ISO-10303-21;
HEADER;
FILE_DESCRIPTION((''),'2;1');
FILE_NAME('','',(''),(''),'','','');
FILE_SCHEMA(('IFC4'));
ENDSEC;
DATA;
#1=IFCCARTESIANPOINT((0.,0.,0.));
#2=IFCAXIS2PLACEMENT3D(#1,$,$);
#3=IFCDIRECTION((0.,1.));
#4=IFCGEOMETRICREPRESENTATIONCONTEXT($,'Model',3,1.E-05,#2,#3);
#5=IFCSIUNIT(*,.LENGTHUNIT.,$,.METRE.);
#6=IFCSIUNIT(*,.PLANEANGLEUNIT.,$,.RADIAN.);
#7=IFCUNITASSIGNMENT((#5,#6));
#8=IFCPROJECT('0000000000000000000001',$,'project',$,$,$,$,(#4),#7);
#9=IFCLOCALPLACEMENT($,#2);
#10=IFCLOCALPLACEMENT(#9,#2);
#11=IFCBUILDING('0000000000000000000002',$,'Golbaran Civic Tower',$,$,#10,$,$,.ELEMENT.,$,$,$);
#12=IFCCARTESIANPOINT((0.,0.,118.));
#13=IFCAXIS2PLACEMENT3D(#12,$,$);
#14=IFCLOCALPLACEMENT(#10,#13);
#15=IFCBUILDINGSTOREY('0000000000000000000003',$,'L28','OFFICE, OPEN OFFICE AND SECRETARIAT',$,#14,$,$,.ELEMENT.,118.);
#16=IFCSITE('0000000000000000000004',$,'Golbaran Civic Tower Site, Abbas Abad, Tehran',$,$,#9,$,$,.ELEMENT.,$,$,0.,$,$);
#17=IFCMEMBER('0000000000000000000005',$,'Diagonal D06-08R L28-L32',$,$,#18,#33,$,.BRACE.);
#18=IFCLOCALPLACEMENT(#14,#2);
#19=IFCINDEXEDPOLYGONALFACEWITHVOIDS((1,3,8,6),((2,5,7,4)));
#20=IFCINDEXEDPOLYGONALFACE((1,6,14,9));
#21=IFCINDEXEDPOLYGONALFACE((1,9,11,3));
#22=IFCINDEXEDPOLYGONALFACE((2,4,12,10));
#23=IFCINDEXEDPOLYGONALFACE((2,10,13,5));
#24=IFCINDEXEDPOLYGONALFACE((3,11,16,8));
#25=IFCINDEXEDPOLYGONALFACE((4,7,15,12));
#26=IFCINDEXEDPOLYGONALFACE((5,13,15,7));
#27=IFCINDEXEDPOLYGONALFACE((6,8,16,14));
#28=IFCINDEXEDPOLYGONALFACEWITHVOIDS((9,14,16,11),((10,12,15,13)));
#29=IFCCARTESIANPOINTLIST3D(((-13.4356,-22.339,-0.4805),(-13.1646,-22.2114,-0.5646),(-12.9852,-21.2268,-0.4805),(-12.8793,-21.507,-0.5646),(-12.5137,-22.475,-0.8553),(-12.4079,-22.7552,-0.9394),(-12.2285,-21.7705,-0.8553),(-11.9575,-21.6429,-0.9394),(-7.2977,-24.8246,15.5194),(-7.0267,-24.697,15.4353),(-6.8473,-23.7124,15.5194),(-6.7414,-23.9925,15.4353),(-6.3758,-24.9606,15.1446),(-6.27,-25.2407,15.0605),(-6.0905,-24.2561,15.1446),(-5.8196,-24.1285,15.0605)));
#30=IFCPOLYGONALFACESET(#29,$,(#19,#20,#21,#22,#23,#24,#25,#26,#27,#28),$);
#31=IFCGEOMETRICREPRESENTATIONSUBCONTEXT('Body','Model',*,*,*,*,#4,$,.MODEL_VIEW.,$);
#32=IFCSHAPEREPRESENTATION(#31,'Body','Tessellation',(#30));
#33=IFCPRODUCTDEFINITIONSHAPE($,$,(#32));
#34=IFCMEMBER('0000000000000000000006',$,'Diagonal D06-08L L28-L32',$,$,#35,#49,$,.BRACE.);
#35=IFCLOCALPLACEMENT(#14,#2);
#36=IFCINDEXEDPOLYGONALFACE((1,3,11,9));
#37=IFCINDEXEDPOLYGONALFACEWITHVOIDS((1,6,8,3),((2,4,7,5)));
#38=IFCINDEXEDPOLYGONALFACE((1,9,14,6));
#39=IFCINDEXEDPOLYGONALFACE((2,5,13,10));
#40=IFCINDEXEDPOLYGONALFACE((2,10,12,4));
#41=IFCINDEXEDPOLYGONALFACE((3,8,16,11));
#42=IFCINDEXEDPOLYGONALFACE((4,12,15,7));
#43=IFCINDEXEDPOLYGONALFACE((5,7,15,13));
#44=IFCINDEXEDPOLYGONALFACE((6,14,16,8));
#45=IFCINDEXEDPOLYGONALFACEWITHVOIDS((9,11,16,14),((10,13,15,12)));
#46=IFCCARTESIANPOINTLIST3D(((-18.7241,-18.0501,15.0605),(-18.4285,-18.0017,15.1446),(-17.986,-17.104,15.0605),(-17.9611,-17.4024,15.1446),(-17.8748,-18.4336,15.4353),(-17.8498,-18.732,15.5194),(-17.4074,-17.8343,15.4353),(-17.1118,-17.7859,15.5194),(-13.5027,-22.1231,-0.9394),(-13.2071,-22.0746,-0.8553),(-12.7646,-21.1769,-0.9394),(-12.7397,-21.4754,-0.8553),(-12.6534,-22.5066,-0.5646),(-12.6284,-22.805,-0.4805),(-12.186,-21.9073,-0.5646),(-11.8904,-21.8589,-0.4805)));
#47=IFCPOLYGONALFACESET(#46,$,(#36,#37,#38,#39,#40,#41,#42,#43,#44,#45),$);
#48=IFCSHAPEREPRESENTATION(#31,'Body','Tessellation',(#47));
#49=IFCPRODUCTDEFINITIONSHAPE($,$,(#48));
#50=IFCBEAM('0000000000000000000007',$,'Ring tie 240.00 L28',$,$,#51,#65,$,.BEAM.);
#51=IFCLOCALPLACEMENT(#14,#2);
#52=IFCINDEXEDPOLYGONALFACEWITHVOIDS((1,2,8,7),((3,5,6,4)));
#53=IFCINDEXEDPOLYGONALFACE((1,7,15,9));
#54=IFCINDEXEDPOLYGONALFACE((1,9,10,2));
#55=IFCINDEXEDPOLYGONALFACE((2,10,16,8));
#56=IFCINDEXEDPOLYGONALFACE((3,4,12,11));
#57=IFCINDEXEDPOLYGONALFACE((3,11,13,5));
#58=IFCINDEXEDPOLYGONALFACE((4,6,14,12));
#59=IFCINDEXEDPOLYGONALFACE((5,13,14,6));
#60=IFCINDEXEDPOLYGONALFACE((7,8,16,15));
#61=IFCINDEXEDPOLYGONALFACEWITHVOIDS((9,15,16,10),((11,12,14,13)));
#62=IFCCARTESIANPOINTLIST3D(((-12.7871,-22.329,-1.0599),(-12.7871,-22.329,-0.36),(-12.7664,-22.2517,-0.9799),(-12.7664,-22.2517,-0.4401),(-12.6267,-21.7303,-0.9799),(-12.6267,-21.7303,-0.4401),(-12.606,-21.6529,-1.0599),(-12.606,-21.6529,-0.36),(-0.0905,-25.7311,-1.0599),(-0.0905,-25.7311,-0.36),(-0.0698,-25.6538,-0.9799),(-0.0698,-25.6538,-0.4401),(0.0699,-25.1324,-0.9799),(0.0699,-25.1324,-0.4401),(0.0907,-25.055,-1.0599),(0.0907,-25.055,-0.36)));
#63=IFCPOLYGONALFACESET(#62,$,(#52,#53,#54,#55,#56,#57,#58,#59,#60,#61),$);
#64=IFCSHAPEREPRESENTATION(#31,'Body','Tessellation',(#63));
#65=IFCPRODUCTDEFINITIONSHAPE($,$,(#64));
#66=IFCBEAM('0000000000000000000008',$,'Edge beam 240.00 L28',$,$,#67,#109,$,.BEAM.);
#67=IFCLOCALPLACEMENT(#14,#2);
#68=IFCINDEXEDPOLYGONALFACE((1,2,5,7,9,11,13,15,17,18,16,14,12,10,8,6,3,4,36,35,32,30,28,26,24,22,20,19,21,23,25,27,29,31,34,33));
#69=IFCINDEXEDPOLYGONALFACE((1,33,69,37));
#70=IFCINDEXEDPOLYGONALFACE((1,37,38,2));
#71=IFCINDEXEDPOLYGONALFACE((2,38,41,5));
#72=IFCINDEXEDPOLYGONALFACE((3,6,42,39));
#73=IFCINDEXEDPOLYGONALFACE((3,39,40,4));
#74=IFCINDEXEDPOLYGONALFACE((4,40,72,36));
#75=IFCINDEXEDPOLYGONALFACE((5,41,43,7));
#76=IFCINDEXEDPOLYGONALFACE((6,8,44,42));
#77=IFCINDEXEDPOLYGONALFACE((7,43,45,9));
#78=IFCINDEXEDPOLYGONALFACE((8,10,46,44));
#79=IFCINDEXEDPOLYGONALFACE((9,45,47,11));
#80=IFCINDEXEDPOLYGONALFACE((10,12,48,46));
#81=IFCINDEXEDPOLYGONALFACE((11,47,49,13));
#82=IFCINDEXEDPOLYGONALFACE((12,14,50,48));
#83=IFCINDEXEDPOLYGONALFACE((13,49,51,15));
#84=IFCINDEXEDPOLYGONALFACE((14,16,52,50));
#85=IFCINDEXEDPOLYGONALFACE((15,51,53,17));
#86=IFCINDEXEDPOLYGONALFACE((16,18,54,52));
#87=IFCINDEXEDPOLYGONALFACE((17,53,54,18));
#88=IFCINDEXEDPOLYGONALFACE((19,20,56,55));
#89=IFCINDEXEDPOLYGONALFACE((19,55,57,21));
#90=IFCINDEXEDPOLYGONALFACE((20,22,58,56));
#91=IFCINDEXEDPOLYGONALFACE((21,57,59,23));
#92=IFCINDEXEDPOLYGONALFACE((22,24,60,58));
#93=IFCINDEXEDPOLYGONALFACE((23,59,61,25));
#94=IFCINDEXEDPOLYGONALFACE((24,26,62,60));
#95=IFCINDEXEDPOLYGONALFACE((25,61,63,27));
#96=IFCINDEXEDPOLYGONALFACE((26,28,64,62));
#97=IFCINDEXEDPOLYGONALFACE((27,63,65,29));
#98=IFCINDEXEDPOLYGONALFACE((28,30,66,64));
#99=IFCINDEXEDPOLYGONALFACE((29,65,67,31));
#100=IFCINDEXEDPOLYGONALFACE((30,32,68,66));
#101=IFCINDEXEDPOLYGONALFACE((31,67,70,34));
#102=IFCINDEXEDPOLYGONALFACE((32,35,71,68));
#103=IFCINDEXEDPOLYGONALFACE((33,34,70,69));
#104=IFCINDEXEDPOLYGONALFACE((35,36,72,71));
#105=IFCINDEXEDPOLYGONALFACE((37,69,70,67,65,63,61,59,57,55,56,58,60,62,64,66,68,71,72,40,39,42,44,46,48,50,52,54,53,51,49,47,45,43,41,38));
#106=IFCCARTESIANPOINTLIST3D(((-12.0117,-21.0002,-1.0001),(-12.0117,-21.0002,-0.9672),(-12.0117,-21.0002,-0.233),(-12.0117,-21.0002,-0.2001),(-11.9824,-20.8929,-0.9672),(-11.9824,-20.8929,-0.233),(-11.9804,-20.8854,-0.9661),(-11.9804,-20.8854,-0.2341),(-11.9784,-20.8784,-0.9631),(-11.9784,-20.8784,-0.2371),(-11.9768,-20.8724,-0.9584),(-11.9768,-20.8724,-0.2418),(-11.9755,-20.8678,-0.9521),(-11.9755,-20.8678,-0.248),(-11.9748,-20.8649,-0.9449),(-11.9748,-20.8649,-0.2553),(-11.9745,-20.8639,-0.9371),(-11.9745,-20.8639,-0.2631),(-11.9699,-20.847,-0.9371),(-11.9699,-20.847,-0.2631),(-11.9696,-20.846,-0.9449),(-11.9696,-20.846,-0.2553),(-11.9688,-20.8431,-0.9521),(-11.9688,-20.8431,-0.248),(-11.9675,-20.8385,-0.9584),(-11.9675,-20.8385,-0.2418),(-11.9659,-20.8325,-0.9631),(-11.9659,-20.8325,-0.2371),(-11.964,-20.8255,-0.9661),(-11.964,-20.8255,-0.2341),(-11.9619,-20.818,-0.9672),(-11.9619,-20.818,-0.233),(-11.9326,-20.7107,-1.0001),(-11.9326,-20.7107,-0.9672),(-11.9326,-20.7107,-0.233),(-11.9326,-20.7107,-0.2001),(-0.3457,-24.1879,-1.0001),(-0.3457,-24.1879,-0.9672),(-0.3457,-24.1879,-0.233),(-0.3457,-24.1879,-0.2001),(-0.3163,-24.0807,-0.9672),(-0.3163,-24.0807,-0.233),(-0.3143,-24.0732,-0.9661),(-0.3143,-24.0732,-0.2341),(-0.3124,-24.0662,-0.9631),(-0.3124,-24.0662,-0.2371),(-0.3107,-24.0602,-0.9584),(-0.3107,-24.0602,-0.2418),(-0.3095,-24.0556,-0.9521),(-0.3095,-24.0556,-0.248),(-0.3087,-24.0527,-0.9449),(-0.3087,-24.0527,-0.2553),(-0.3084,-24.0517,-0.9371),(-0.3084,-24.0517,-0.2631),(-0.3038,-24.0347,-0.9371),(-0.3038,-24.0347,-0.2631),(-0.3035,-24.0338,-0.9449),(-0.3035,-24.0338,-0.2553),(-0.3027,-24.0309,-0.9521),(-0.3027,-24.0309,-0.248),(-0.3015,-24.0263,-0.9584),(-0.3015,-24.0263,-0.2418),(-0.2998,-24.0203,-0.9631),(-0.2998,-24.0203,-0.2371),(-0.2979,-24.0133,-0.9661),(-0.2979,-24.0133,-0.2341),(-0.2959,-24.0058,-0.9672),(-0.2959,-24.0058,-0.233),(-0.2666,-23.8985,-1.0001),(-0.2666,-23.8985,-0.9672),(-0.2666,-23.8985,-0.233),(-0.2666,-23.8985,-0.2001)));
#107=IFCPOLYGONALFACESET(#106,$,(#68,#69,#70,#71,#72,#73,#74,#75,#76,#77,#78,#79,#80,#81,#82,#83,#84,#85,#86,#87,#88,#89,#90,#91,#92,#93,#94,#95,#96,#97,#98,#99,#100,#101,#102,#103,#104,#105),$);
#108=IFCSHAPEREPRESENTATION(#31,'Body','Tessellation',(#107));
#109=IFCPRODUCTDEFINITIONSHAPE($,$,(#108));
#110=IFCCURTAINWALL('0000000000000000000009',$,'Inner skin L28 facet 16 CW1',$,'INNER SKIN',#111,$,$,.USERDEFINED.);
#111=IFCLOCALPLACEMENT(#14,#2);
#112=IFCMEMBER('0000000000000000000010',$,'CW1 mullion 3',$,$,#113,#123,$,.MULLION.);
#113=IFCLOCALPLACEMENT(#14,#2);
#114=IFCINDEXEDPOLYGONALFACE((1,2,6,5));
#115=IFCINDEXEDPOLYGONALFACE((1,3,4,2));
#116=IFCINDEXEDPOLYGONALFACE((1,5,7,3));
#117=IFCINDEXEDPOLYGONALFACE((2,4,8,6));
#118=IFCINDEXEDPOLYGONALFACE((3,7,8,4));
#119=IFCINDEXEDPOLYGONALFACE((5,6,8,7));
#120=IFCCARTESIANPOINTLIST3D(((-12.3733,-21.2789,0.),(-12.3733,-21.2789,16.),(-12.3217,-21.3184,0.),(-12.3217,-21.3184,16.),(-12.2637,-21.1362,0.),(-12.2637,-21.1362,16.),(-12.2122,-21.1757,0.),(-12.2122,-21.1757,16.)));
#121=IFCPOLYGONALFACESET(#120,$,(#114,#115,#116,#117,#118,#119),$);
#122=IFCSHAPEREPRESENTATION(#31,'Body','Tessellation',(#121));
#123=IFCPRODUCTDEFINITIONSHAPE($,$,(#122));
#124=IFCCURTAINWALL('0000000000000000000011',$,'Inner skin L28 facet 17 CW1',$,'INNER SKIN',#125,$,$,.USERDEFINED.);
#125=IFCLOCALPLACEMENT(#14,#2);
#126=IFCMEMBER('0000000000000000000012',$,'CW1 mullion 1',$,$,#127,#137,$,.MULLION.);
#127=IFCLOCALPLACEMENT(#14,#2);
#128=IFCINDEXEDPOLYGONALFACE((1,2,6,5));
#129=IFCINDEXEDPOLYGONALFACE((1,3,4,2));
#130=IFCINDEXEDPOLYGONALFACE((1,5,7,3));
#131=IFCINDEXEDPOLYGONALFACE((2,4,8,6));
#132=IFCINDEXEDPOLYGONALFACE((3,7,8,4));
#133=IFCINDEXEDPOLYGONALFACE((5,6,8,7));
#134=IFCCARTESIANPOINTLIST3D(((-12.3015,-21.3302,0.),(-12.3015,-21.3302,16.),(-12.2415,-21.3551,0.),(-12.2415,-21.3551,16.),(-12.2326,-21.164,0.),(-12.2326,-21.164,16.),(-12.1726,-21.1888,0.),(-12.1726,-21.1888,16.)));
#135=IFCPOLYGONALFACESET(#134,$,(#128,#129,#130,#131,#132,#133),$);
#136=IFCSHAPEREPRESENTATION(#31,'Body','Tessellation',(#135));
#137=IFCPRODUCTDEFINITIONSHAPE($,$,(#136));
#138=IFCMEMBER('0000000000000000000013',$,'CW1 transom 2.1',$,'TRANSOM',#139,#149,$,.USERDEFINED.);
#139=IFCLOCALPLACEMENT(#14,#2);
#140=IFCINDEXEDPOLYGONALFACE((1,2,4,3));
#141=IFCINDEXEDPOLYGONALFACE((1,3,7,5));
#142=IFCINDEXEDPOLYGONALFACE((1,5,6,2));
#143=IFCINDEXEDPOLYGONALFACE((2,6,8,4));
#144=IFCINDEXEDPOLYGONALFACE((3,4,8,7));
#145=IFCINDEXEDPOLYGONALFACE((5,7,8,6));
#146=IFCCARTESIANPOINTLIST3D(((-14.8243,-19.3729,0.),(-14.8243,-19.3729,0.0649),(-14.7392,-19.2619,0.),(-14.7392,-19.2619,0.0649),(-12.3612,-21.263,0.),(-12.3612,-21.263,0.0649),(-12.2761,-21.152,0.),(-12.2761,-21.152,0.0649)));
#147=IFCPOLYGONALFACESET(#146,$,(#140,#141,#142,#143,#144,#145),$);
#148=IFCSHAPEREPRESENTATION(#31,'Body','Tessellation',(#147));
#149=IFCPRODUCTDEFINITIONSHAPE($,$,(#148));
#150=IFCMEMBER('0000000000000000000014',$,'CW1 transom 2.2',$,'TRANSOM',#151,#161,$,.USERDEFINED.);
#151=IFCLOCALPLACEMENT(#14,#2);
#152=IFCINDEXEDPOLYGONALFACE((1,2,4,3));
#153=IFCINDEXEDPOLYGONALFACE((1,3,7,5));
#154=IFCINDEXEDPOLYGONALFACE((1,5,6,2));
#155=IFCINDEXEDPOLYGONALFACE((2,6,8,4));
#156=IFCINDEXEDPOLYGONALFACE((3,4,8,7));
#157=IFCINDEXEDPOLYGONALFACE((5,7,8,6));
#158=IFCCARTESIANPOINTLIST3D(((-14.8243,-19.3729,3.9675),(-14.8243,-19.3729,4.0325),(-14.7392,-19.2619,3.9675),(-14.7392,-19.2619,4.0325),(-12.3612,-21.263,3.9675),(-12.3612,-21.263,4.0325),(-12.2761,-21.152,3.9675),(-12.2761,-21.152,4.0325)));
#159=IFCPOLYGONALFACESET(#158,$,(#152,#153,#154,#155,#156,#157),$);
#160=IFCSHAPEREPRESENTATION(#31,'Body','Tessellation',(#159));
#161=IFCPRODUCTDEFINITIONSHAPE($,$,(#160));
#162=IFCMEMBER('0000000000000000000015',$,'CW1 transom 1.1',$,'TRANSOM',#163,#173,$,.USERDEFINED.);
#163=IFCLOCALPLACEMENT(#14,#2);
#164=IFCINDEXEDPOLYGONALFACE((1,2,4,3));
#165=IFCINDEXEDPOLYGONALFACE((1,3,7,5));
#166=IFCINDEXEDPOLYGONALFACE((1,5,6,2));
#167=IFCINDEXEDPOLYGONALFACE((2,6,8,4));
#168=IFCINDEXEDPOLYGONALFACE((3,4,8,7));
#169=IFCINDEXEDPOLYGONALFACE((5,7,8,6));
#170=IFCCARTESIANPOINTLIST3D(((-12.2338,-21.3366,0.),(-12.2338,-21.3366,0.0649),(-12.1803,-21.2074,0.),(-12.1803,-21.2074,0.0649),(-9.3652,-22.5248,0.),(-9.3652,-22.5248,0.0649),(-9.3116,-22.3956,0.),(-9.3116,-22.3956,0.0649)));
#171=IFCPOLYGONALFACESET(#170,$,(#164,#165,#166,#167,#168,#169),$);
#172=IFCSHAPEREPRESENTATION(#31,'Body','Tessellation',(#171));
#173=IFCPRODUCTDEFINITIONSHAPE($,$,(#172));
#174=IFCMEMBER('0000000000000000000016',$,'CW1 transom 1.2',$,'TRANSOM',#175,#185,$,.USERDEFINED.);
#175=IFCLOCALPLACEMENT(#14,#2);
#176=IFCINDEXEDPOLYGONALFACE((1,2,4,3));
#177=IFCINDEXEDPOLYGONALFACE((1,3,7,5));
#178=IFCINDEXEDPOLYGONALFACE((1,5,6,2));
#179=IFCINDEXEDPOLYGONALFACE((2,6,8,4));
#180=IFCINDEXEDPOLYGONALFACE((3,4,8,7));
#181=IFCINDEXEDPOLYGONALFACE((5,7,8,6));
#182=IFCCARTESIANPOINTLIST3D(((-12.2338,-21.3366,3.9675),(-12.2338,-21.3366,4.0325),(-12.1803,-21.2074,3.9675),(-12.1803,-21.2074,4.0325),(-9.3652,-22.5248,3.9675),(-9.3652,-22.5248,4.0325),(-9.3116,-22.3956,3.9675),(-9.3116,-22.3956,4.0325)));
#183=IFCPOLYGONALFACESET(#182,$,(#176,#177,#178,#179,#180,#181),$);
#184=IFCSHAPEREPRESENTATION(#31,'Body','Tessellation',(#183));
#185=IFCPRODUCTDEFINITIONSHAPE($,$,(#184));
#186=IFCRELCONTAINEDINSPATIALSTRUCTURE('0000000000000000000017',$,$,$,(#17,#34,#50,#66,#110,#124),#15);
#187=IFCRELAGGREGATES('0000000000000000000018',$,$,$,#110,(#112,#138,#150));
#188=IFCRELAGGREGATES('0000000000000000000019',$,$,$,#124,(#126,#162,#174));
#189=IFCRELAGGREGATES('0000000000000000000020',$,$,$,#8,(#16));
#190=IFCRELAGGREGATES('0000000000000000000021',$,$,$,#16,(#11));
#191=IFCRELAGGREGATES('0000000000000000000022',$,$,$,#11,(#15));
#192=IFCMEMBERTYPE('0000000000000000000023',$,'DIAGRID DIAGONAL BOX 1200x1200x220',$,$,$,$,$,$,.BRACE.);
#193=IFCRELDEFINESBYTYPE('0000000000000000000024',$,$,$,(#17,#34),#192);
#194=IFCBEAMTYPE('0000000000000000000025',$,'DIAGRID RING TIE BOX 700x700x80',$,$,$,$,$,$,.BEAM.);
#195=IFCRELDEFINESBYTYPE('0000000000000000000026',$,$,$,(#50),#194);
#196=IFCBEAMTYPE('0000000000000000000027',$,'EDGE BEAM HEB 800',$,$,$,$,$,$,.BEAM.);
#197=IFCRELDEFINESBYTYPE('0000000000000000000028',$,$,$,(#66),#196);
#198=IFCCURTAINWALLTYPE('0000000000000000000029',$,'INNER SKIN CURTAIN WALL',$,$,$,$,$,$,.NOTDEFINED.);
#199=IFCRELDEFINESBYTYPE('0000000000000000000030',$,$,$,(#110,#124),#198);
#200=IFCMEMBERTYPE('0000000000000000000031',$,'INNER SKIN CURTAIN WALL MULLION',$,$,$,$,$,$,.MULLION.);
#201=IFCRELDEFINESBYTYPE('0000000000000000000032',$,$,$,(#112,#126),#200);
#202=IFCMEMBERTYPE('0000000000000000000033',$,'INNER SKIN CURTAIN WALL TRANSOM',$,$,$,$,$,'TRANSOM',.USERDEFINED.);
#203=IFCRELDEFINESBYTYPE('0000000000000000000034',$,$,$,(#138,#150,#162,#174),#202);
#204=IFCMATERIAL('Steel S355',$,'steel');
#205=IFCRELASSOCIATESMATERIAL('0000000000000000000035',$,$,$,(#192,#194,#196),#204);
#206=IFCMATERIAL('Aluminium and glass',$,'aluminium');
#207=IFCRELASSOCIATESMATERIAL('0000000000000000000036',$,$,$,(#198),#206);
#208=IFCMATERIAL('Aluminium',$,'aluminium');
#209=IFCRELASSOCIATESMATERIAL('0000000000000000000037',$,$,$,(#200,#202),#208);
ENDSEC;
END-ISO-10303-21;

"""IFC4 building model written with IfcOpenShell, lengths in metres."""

from ifc_helpers import new_model, si_unit, direction, frame, origin, origin_2d, place, context, subcontext, project, spatial, rectangle, hollow_rectangle, i_section, extrude, material, material_profile, profile_set, type_object, element, aggregate, save


model = new_model("IFC4")

# Units and contexts
model_context = context("Model", 3, precision=1e-05, world=origin(), true_north=direction((0.0, 1.0)))
body_context = subcontext(model_context, "Body", "Model", "MODEL_VIEW")
ifc_project = project(units=[si_unit("LENGTHUNIT", "METRE"), si_unit("PLANEANGLEUNIT", "RADIAN")], contexts=[model_context])

# Site, building, storey
site_placement = place(None, origin())
site = spatial("IfcSite", under=ifc_project, at=site_placement, Name="Golbaran Civic Tower Site, Abbas Abad, Tehran", CompositionType="ELEMENT", RefElevation=0.0)
building_placement = place(site_placement, origin())
building = spatial("IfcBuilding", under=site, at=building_placement, Name="Golbaran Civic Tower", CompositionType="ELEMENT")
storey_placement = place(building_placement, frame((0.0, 0.0, 118.0)))
storey = spatial("IfcBuildingStorey", under=building, at=storey_placement, Name="L28", Description="OFFICE, OPEN OFFICE AND SECRETARIAT", CompositionType="ELEMENT", Elevation=118.0)

# Members
ifc_material_1 = material(Name="Steel S355", Category="steel")
ifc_material_profile_1 = material_profile(ifc_material_1, hollow_rectangle(XDim=1.2, YDim=1.2, WallThickness=0.22, at=origin_2d()), Name="BOX 1200x1200x220")
ifc_profile_set_1 = profile_set([ifc_material_profile_1], Name="Steel S355")
member_type_1 = type_object("IfcMemberType", Name="DIAGRID DIAGONAL BOX 1200x1200x220", PredefinedType="BRACE", material=ifc_profile_set_1)
for number, where, z_axis, x_axis, name in (
    (1, (-12.6965, -21.991, -0.71), (0.354461, -0.143541, 0.923988), (0.375347, 0.926884, 0.0), "Diagonal D06-08R L28-L32"),
    (2, (-12.6965, -21.991, -0.71), (-0.301534, 0.235212, 0.923987), (-0.615058, -0.788482, 0.0), "Diagonal D06-08L L28-L32"),
):
    element("IfcMember", number, at=place(storey_placement, frame(where, z_axis=z_axis, x_axis=x_axis)), inside=storey, type_object=member_type_1, Name=name, PredefinedType="BRACE", context=body_context, shape_type="SweptSolid", body=[
        extrude(hollow_rectangle(XDim=1.2, YDim=1.2, WallThickness=0.22, at=origin_2d()), origin(), (0.0, 0.0, 1.0), 17.3162),
    ])

# Beams
ifc_material_profile_2 = material_profile(ifc_material_1, hollow_rectangle(XDim=0.7, YDim=0.7, WallThickness=0.0801, at=origin_2d()), Name="BOX 700x700x80")
ifc_profile_set_2 = profile_set([ifc_material_profile_2], Name="Steel S355")
beam_type_1 = type_object("IfcBeamType", Name="DIAGRID RING TIE BOX 700x700x80", PredefinedType="BEAM", material=ifc_profile_set_2)
beam_1_placement = place(storey_placement, frame((-12.6965, -21.991, -0.71), z_axis=(0.965924, -0.258824, 0.0), x_axis=(0.258824, 0.965924, 0.0)))
element("IfcBeam", 3, at=beam_1_placement, inside=storey, type_object=beam_type_1, Name="Ring tie 240.00 L28", PredefinedType="BEAM", context=body_context, shape_type="SweptSolid", body=[
    extrude(hollow_rectangle(XDim=0.7, YDim=0.7, WallThickness=0.0801, at=origin_2d()), origin(), (0.0, 0.0, 1.0), 13.1445),
])
ifc_material_profile_3 = material_profile(ifc_material_1, i_section(OverallWidth=0.3, OverallDepth=0.8, WebThickness=0.0176, FlangeThickness=0.033, FilletRadius=0.03, at=origin_2d()), Name="HEB 800")
ifc_profile_set_3 = profile_set([ifc_material_profile_3], Name="Steel S355")
beam_type_2 = type_object("IfcBeamType", Name="EDGE BEAM HEB 800", PredefinedType="BEAM", material=ifc_profile_set_3)
beam_2_placement = place(storey_placement, frame((-11.9722, -20.8555, -0.6001), z_axis=(0.964636, -0.263587, 0.0), x_axis=(0.263587, 0.964636, 0.0)))
element("IfcBeam", 4, at=beam_2_placement, inside=storey, type_object=beam_type_2, Name="Edge beam 240.00 L28", PredefinedType="BEAM", context=body_context, shape_type="SweptSolid", body=[
    extrude(i_section(OverallWidth=0.3, OverallDepth=0.8, WebThickness=0.0176, FlangeThickness=0.033, FilletRadius=0.03, at=origin_2d()), origin(), (0.0, 0.0, 1.0), 12.0938),
])

# Curtain walls, members
ifc_material_2 = material(Name="Aluminium and glass", Category="aluminium")
curtain_wall_type_1 = type_object("IfcCurtainWallType", Name="INNER SKIN CURTAIN WALL", PredefinedType="NOTDEFINED", material=ifc_material_2)
curtain_wall_1_placement = place(storey_placement, origin())
curtain_wall_1 = element("IfcCurtainWall", 5, at=curtain_wall_1_placement, inside=storey, type_object=curtain_wall_type_1, Name="Inner skin L28 facet 16 CW1", ObjectType="INNER SKIN", PredefinedType="USERDEFINED")
ifc_material_3 = material(Name="Aluminium", Category="aluminium")
ifc_material_profile_4 = material_profile(ifc_material_3, rectangle(XDim=0.1799, YDim=0.0649, at=origin_2d()), Name="INNER SKIN CURTAIN WALL MULLION")
ifc_profile_set_4 = profile_set([ifc_material_profile_4], Name="Aluminium")
member_type_2 = type_object("IfcMemberType", Name="INNER SKIN CURTAIN WALL MULLION", PredefinedType="MULLION", material=ifc_profile_set_4)
member_1_placement = place(storey_placement, frame((-12.2927, -21.2273, 0.0), z_axis=(0.0, 0.0, 1.0), x_axis=(0.608761, 0.793353, 0.0)))
member_1 = element("IfcMember", 6, at=member_1_placement, type_object=member_type_2, Name="CW1 mullion 3", PredefinedType="MULLION", context=body_context, shape_type="SweptSolid", body=[
    extrude(rectangle(XDim=0.1799, YDim=0.0649, at=origin_2d()), origin(), (0.0, 0.0, 1.0), 16.0),
])
curtain_wall_2_placement = place(storey_placement, origin())
curtain_wall_2 = element("IfcCurtainWall", 7, at=curtain_wall_2_placement, inside=storey, type_object=curtain_wall_type_1, Name="Inner skin L28 facet 17 CW1", ObjectType="INNER SKIN", PredefinedType="USERDEFINED")
member_2_placement = place(storey_placement, frame((-12.2371, -21.2595, 0.0), z_axis=(0.0, 0.0, 1.0), x_axis=(0.382683, 0.92388, 0.0)))
member_2 = element("IfcMember", 8, at=member_2_placement, type_object=member_type_2, Name="CW1 mullion 1", PredefinedType="MULLION", context=body_context, shape_type="SweptSolid", body=[
    extrude(rectangle(XDim=0.1799, YDim=0.0649, at=origin_2d()), origin(), (0.0, 0.0, 1.0), 16.0),
])

# Members
ifc_material_profile_5 = material_profile(ifc_material_3, rectangle(XDim=0.1399, YDim=0.0649, at=origin_2d()), Name="INNER SKIN CURTAIN WALL TRANSOM")
ifc_profile_set_5 = profile_set([ifc_material_profile_5], Name="Aluminium")
member_type_3 = type_object("IfcMemberType", Name="INNER SKIN CURTAIN WALL TRANSOM", ElementType="TRANSOM", PredefinedType="USERDEFINED", material=ifc_profile_set_5)
member_3_placement = place(storey_placement, frame((-14.7817, -19.3174, 0.0325), z_axis=(0.793337, -0.608783, 0.0), x_axis=(0.608783, 0.793337, 0.0)))
member_3 = element("IfcMember", 9, at=member_3_placement, type_object=member_type_3, Name="CW1 transom 2.1", ObjectType="TRANSOM", PredefinedType="USERDEFINED", context=body_context, shape_type="SweptSolid", body=[
    extrude(rectangle(XDim=0.1399, YDim=0.0649, at=origin_2d()), origin(), (0.0, 0.0, 1.0), 3.1047),
])
member_4_placement = place(storey_placement, frame((-14.7817, -19.3174, 4.0), z_axis=(0.793337, -0.608783, 0.0), x_axis=(0.608783, 0.793337, 0.0)))
member_4 = element("IfcMember", 10, at=member_4_placement, type_object=member_type_3, Name="CW1 transom 2.2", ObjectType="TRANSOM", PredefinedType="USERDEFINED", context=body_context, shape_type="SweptSolid", body=[
    extrude(rectangle(XDim=0.1399, YDim=0.0649, at=origin_2d()), origin(), (0.0, 0.0, 1.0), 3.1047),
])
member_5_placement = place(storey_placement, frame((-12.207, -21.272, 0.0325), z_axis=(0.92388, -0.382683, 0.0), x_axis=(0.382683, 0.92388, 0.0)))
member_5 = element("IfcMember", 11, at=member_5_placement, type_object=member_type_3, Name="CW1 transom 1.1", ObjectType="TRANSOM", PredefinedType="USERDEFINED", context=body_context, shape_type="SweptSolid", body=[
    extrude(rectangle(XDim=0.1399, YDim=0.0649, at=origin_2d()), origin(), (0.0, 0.0, 1.0), 3.105),
])
member_6_placement = place(storey_placement, frame((-12.207, -21.272, 4.0), z_axis=(0.92388, -0.382683, 0.0), x_axis=(0.382683, 0.92388, 0.0)))
member_6 = element("IfcMember", 12, at=member_6_placement, type_object=member_type_3, Name="CW1 transom 1.2", ObjectType="TRANSOM", PredefinedType="USERDEFINED", context=body_context, shape_type="SweptSolid", body=[
    extrude(rectangle(XDim=0.1399, YDim=0.0649, at=origin_2d()), origin(), (0.0, 0.0, 1.0), 3.105),
])

aggregate(curtain_wall_1, [member_1, member_3, member_4])
aggregate(curtain_wall_2, [member_2, member_5, member_6])

save(model, "model.ifc")
